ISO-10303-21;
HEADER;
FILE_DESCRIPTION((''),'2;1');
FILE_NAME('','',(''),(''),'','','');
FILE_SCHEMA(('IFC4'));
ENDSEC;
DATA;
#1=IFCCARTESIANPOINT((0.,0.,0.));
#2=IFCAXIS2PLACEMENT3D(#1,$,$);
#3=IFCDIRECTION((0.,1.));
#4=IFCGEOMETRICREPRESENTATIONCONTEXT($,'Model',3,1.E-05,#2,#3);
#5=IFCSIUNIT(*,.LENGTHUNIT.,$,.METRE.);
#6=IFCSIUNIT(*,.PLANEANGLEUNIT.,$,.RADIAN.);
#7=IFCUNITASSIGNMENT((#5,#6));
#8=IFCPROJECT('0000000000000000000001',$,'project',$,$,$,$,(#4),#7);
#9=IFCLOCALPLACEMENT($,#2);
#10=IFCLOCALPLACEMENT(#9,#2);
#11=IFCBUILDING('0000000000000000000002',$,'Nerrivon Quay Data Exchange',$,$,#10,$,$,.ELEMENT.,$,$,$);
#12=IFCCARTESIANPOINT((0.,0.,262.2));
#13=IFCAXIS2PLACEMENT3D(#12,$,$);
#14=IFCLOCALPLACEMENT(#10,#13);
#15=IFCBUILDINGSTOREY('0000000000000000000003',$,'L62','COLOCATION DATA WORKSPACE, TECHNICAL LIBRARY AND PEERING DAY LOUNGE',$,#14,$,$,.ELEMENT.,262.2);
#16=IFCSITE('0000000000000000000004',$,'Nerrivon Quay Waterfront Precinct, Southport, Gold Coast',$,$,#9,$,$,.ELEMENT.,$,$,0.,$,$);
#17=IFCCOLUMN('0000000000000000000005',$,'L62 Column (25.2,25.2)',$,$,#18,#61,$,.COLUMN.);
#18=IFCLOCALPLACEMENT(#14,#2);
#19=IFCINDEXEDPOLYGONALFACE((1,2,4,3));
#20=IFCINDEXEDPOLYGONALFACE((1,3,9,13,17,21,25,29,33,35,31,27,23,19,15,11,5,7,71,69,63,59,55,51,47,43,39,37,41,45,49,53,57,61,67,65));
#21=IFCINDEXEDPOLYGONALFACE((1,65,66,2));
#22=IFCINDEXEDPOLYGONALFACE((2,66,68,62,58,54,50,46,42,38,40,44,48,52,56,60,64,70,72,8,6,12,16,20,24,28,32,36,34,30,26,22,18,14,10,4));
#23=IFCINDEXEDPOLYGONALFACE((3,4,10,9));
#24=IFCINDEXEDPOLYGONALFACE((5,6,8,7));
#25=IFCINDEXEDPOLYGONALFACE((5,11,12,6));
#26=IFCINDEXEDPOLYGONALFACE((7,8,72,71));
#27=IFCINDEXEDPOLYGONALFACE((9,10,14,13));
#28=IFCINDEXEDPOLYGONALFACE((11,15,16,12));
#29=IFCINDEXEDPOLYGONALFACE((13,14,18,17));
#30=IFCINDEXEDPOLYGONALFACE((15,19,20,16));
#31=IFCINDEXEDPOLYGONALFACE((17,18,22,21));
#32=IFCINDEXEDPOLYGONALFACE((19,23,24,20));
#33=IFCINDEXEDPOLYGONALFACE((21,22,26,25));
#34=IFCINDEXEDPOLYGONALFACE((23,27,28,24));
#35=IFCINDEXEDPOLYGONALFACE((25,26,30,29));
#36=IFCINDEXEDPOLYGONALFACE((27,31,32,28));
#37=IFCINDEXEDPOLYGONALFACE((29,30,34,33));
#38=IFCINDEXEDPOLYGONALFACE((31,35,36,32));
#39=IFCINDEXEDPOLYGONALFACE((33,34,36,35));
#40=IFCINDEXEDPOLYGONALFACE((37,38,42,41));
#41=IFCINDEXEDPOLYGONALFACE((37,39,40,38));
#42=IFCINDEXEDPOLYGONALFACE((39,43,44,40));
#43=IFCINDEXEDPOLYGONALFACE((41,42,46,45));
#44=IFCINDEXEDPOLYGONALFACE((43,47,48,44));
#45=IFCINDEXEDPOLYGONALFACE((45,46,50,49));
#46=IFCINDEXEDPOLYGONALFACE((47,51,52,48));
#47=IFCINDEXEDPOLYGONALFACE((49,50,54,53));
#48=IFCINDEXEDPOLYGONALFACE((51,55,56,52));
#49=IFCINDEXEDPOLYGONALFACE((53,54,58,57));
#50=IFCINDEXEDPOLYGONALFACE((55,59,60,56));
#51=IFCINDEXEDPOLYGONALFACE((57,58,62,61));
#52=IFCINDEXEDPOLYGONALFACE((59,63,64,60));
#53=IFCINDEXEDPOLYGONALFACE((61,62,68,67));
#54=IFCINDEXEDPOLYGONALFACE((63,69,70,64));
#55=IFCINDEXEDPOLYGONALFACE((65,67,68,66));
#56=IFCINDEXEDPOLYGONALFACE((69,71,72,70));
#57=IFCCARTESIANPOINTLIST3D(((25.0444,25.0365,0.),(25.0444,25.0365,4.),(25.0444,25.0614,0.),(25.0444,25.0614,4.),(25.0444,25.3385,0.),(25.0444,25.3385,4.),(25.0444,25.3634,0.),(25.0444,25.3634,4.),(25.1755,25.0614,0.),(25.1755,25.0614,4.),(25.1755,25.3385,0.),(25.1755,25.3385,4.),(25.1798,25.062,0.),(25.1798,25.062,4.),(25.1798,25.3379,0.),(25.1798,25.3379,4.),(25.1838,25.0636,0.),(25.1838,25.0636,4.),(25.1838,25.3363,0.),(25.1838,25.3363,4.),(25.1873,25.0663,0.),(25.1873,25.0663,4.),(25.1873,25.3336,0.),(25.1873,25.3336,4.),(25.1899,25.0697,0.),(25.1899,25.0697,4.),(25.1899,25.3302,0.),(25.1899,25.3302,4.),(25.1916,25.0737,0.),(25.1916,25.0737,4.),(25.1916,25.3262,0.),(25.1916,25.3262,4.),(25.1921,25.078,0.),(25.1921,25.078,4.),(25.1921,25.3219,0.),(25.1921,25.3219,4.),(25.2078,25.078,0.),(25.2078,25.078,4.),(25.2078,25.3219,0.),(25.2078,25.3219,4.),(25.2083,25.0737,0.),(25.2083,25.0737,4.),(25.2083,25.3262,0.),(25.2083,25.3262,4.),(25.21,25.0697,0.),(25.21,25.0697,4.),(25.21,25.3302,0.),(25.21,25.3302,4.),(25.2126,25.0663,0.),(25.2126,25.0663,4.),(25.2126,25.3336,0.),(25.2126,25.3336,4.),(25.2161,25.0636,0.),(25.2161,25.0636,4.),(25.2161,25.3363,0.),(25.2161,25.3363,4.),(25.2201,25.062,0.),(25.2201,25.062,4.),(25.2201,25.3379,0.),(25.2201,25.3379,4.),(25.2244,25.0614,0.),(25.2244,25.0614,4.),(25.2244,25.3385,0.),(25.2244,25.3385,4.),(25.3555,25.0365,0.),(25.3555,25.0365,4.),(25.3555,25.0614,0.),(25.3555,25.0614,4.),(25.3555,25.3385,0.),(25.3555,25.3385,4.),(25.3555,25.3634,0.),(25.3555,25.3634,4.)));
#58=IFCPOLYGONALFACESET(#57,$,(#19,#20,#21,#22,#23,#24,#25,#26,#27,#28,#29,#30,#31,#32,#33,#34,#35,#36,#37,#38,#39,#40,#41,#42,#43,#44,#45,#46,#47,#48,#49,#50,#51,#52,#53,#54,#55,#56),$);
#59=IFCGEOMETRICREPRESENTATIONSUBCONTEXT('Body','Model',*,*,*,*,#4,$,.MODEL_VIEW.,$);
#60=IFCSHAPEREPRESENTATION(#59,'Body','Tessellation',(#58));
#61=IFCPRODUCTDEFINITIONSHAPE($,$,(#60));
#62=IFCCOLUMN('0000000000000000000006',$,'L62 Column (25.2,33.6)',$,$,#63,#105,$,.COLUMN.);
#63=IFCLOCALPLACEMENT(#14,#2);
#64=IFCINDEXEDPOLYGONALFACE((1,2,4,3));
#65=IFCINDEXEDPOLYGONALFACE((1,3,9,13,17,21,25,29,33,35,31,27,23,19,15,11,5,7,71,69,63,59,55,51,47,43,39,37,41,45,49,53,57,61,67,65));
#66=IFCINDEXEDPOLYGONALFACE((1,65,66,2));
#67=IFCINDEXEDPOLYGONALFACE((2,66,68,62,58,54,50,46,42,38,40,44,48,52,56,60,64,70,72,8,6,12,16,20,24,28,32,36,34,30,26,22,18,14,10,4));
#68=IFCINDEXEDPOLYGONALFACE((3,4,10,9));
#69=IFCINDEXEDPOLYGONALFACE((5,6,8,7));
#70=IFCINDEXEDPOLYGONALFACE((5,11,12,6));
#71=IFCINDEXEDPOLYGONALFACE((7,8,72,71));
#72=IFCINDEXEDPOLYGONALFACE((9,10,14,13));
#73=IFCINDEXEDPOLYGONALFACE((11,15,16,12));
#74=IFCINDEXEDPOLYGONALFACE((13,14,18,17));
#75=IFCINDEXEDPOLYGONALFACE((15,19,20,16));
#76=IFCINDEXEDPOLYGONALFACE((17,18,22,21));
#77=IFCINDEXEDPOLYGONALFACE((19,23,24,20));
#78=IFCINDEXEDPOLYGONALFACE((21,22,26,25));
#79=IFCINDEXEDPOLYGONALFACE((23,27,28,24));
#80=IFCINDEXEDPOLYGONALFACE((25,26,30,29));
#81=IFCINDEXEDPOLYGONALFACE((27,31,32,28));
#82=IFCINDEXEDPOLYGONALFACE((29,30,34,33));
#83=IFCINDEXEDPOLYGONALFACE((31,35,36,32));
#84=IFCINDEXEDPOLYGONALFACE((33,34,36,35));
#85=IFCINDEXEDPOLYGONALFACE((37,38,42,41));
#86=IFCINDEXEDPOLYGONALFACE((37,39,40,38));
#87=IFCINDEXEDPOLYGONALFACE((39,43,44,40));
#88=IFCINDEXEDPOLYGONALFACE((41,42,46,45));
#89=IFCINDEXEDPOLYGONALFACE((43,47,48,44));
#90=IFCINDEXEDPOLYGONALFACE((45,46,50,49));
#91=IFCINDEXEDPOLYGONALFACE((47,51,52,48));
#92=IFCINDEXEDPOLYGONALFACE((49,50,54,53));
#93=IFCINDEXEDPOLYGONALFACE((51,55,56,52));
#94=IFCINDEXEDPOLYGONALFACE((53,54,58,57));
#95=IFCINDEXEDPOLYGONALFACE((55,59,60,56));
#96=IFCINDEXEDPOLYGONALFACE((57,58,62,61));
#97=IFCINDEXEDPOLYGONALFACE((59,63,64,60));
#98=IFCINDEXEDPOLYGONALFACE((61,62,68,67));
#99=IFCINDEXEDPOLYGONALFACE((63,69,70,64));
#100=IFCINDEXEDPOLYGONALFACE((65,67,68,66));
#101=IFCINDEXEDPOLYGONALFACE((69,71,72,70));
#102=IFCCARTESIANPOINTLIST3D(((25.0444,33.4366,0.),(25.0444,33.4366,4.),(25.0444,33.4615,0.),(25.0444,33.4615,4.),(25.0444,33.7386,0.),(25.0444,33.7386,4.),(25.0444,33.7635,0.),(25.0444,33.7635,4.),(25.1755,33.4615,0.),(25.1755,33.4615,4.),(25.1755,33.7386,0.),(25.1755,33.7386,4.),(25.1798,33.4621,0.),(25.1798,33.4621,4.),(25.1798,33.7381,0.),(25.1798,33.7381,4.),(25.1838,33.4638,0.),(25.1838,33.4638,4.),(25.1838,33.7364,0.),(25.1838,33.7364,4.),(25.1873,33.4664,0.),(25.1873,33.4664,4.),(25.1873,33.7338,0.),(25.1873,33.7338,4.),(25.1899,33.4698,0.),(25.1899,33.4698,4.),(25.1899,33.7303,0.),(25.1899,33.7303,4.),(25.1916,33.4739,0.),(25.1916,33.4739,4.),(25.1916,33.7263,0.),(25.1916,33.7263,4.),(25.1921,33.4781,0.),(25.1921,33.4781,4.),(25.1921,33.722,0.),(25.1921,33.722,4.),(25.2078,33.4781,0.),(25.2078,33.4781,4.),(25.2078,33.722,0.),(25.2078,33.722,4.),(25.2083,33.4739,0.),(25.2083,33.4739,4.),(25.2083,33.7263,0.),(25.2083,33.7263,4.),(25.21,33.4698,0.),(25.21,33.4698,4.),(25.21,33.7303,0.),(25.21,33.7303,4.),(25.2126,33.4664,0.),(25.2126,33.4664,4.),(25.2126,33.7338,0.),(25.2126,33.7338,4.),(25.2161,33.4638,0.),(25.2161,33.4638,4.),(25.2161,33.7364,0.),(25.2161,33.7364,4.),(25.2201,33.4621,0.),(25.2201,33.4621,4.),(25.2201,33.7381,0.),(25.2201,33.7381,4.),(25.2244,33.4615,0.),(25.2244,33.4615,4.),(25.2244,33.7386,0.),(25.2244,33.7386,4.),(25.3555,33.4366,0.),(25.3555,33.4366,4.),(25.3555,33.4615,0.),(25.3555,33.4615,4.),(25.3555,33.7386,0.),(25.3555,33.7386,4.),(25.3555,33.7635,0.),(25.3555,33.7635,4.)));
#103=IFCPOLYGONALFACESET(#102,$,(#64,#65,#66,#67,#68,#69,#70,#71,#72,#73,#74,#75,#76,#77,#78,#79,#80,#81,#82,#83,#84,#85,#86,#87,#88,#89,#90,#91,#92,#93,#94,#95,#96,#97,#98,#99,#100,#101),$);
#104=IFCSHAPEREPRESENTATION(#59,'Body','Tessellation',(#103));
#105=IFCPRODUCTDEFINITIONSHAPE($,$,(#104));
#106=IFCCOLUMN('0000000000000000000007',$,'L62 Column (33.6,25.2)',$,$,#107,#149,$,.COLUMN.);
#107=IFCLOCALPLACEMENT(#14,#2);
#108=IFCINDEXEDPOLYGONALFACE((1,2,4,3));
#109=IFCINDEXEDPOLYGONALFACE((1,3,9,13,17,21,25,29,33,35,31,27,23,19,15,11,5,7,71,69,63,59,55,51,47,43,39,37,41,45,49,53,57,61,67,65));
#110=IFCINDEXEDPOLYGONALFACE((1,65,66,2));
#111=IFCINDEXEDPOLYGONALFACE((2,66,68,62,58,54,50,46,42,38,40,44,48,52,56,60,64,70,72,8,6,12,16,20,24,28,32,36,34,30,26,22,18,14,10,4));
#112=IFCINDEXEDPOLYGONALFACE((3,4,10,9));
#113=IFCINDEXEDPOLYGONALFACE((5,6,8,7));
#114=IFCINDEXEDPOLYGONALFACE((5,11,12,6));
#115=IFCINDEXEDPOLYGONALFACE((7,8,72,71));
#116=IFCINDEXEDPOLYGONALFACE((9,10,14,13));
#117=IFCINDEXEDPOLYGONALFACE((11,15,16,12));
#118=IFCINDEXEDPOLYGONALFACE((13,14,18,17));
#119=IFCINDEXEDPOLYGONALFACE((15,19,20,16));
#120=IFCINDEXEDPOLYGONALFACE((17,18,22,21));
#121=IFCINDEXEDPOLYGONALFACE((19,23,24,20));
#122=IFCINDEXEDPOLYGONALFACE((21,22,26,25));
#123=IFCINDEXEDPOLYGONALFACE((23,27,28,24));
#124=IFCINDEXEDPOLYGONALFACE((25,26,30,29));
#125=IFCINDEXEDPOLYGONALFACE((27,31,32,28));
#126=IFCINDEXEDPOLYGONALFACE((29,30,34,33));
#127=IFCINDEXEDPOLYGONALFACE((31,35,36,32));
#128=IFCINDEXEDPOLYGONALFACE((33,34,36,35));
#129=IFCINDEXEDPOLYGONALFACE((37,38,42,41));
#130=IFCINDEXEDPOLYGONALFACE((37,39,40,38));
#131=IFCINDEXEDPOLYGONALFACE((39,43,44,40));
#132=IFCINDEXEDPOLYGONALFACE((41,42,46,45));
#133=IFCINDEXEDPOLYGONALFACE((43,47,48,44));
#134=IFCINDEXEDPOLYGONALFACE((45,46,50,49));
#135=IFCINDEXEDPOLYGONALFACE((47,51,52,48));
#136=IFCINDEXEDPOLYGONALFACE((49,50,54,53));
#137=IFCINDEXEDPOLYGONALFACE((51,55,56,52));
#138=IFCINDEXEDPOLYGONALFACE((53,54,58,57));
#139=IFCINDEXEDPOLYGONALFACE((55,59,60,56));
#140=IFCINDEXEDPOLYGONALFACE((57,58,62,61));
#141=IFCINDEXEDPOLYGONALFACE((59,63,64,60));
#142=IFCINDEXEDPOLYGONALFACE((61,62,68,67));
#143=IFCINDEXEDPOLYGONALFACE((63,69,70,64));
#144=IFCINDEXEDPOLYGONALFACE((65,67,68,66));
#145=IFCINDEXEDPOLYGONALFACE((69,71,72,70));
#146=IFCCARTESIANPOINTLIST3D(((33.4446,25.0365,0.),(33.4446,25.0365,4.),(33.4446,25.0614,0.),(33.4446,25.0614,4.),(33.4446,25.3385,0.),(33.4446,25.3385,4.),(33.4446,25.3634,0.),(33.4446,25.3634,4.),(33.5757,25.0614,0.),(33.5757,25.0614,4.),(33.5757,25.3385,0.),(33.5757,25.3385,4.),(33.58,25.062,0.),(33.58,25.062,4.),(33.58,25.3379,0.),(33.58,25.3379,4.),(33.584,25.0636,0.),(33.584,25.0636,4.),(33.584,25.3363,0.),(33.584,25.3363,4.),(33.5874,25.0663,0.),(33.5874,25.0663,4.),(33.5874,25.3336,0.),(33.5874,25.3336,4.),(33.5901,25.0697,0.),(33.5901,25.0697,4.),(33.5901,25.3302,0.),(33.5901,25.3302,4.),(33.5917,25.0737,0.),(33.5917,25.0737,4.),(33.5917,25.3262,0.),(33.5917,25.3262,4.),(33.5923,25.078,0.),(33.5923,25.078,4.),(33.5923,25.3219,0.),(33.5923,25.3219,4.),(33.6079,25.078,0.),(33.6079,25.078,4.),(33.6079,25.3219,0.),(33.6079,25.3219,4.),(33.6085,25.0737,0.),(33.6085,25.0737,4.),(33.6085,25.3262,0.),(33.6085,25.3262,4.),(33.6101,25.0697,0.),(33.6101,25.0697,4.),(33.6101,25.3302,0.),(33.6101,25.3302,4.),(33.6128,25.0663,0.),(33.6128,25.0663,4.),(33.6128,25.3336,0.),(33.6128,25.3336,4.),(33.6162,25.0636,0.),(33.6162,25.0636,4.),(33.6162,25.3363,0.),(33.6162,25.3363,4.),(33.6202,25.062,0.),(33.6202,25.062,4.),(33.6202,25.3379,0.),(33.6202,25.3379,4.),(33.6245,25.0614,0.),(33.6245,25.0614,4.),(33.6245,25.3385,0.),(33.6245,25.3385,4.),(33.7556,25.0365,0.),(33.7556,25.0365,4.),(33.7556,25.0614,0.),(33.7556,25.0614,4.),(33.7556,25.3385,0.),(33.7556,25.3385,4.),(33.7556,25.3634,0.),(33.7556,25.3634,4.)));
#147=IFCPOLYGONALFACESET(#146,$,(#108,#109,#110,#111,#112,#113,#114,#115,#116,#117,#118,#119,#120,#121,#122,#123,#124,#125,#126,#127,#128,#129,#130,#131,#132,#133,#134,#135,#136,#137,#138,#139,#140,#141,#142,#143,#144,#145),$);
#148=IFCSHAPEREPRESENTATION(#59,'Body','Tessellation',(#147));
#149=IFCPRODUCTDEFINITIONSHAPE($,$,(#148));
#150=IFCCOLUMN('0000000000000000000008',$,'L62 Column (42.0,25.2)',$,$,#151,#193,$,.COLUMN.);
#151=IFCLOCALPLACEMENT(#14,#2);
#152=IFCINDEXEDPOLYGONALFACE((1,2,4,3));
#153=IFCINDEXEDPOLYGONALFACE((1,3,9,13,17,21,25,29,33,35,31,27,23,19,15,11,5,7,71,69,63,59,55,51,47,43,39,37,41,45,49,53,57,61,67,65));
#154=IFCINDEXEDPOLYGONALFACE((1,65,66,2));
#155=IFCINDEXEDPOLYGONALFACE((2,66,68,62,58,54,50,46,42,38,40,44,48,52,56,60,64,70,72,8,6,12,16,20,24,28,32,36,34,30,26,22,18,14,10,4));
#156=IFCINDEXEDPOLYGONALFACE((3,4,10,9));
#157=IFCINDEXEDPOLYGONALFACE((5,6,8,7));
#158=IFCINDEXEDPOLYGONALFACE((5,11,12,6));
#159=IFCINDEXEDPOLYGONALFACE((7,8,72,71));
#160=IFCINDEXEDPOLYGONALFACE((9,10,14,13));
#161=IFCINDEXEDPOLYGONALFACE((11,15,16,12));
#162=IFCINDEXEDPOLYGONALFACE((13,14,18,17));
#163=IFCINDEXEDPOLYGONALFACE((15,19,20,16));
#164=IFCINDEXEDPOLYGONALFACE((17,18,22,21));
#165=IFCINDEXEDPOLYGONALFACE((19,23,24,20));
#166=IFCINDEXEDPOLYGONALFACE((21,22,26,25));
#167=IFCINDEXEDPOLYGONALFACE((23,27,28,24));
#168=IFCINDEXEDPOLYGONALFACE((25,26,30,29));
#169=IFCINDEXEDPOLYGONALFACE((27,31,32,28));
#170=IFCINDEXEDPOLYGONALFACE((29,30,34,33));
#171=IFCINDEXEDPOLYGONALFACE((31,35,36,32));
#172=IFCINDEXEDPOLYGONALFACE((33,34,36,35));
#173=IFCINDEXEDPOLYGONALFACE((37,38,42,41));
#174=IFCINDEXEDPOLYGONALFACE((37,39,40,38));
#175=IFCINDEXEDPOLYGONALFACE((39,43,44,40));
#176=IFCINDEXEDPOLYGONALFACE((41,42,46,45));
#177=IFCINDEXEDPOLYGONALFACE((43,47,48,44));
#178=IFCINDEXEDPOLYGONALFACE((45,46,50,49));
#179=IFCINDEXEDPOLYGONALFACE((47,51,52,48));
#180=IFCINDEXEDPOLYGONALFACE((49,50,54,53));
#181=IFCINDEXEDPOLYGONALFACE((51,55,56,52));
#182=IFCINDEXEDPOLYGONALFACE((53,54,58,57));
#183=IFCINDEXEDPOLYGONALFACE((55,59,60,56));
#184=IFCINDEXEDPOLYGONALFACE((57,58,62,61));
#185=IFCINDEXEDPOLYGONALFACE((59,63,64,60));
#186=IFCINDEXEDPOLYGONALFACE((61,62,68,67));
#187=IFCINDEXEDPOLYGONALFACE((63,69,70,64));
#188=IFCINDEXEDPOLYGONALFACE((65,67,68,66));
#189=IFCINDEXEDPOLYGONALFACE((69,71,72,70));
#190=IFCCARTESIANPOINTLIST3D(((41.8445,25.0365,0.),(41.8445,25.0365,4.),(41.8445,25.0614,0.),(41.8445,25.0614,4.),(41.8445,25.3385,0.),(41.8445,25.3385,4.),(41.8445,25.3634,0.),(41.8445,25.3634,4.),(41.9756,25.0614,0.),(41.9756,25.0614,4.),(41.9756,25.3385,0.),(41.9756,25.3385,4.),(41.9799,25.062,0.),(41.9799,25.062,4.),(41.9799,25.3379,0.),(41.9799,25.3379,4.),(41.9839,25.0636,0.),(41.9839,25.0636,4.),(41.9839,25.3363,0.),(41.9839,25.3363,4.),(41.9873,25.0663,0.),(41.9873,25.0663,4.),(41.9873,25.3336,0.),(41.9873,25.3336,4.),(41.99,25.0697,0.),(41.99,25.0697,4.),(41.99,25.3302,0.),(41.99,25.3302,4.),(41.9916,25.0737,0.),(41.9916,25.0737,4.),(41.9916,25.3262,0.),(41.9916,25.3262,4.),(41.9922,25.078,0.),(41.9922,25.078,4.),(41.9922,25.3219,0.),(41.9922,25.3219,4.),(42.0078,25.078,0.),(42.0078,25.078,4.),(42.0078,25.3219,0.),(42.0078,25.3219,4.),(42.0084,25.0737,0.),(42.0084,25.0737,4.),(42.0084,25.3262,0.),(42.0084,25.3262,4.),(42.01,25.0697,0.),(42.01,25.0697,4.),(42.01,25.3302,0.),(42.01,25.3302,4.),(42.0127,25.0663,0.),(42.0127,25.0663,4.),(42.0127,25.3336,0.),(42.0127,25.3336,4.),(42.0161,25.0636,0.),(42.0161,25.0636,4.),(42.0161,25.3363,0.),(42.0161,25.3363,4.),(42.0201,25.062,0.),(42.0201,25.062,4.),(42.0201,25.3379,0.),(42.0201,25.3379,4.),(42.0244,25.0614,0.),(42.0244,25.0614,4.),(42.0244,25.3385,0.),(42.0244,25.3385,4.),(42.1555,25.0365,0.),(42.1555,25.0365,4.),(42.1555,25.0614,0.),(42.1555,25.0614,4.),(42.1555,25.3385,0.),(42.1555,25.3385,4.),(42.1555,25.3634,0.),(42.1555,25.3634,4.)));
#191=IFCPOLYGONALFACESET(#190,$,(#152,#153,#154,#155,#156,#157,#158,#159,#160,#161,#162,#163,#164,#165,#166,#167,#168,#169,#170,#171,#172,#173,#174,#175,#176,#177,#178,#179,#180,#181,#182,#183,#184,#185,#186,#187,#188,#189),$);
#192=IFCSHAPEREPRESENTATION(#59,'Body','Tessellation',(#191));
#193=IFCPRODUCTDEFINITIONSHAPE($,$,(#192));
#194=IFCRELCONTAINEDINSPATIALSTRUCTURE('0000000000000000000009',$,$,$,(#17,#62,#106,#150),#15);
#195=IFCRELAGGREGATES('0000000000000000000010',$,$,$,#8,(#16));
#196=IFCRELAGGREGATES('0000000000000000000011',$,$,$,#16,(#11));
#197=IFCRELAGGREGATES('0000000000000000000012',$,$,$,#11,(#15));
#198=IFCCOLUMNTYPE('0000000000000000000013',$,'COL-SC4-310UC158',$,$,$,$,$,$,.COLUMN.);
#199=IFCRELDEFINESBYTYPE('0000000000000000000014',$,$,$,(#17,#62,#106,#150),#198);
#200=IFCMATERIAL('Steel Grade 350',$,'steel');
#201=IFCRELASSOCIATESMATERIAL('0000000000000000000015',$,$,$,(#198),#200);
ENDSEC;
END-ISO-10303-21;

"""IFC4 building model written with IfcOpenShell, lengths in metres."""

from ifc_helpers import new_model, si_unit, direction, frame, origin, origin_2d, place, context, subcontext, project, spatial, i_section, extrude, material, material_profile, profile_set, type_object, element, save


model = new_model("IFC4")

# Units and contexts
model_context = context("Model", 3, precision=1e-05, world=origin(), true_north=direction((0.0, 1.0)))
body_context = subcontext(model_context, "Body", "Model", "MODEL_VIEW")
ifc_project = project(units=[si_unit("LENGTHUNIT", "METRE"), si_unit("PLANEANGLEUNIT", "RADIAN")], contexts=[model_context])

# Site, building, storey
site_placement = place(None, origin())
site = spatial("IfcSite", under=ifc_project, at=site_placement, Name="Nerrivon Quay Waterfront Precinct, Southport, Gold Coast", CompositionType="ELEMENT", RefElevation=0.0)
building_placement = place(site_placement, origin())
building = spatial("IfcBuilding", under=site, at=building_placement, Name="Nerrivon Quay Data Exchange", CompositionType="ELEMENT")
storey_placement = place(building_placement, frame((0.0, 0.0, 262.2)))
storey = spatial("IfcBuildingStorey", under=building, at=storey_placement, Name="L62", Description="COLOCATION DATA WORKSPACE, TECHNICAL LIBRARY AND PEERING DAY LOUNGE", CompositionType="ELEMENT", Elevation=262.2)

# Columns
ifc_material_1 = material(Name="Steel Grade 350", Category="steel")
ifc_material_profile_1 = material_profile(ifc_material_1, i_section(OverallWidth=0.311, OverallDepth=0.3269, WebThickness=0.0156, FlangeThickness=0.0249, FilletRadius=0.0166, at=origin_2d()), Name="310UC158")
ifc_profile_set_1 = profile_set([ifc_material_profile_1], Name="Steel Grade 350")
column_type = type_object("IfcColumnType", Name="COL-SC4-310UC158", PredefinedType="COLUMN", material=ifc_profile_set_1)
for number, where, z_axis, x_axis, name in (
    (1, (25.2, 25.2, 0.0), (0.0, 0.0, 1.0), (1.0, 0.0, 0.0), "L62 Column (25.2,25.2)"),
    (2, (25.2, 33.6001, 0.0), (0.0, 0.0, 1.0), (1.0, 0.0, 0.0), "L62 Column (25.2,33.6)"),
    (3, (33.6001, 25.2, 0.0), (0.0, 0.0, 1.0), (1.0, 0.0, 0.0), "L62 Column (33.6,25.2)"),
    (4, (42.0, 25.2, 0.0), (0.0, 0.0, 1.0), (1.0, 0.0, 0.0), "L62 Column (42.0,25.2)"),
):
    element("IfcColumn", number, at=place(storey_placement, frame(where, z_axis=z_axis, x_axis=x_axis)), inside=storey, type_object=column_type, Name=name, PredefinedType="COLUMN", context=body_context, shape_type="SweptSolid", body=[
        extrude(i_section(OverallWidth=0.311, OverallDepth=0.3269, WebThickness=0.0156, FlangeThickness=0.0249, FilletRadius=0.0166, at=origin_2d()), origin(), (0.0, 0.0, 1.0), 4.0),
    ])

save(model, "model.ifc")
